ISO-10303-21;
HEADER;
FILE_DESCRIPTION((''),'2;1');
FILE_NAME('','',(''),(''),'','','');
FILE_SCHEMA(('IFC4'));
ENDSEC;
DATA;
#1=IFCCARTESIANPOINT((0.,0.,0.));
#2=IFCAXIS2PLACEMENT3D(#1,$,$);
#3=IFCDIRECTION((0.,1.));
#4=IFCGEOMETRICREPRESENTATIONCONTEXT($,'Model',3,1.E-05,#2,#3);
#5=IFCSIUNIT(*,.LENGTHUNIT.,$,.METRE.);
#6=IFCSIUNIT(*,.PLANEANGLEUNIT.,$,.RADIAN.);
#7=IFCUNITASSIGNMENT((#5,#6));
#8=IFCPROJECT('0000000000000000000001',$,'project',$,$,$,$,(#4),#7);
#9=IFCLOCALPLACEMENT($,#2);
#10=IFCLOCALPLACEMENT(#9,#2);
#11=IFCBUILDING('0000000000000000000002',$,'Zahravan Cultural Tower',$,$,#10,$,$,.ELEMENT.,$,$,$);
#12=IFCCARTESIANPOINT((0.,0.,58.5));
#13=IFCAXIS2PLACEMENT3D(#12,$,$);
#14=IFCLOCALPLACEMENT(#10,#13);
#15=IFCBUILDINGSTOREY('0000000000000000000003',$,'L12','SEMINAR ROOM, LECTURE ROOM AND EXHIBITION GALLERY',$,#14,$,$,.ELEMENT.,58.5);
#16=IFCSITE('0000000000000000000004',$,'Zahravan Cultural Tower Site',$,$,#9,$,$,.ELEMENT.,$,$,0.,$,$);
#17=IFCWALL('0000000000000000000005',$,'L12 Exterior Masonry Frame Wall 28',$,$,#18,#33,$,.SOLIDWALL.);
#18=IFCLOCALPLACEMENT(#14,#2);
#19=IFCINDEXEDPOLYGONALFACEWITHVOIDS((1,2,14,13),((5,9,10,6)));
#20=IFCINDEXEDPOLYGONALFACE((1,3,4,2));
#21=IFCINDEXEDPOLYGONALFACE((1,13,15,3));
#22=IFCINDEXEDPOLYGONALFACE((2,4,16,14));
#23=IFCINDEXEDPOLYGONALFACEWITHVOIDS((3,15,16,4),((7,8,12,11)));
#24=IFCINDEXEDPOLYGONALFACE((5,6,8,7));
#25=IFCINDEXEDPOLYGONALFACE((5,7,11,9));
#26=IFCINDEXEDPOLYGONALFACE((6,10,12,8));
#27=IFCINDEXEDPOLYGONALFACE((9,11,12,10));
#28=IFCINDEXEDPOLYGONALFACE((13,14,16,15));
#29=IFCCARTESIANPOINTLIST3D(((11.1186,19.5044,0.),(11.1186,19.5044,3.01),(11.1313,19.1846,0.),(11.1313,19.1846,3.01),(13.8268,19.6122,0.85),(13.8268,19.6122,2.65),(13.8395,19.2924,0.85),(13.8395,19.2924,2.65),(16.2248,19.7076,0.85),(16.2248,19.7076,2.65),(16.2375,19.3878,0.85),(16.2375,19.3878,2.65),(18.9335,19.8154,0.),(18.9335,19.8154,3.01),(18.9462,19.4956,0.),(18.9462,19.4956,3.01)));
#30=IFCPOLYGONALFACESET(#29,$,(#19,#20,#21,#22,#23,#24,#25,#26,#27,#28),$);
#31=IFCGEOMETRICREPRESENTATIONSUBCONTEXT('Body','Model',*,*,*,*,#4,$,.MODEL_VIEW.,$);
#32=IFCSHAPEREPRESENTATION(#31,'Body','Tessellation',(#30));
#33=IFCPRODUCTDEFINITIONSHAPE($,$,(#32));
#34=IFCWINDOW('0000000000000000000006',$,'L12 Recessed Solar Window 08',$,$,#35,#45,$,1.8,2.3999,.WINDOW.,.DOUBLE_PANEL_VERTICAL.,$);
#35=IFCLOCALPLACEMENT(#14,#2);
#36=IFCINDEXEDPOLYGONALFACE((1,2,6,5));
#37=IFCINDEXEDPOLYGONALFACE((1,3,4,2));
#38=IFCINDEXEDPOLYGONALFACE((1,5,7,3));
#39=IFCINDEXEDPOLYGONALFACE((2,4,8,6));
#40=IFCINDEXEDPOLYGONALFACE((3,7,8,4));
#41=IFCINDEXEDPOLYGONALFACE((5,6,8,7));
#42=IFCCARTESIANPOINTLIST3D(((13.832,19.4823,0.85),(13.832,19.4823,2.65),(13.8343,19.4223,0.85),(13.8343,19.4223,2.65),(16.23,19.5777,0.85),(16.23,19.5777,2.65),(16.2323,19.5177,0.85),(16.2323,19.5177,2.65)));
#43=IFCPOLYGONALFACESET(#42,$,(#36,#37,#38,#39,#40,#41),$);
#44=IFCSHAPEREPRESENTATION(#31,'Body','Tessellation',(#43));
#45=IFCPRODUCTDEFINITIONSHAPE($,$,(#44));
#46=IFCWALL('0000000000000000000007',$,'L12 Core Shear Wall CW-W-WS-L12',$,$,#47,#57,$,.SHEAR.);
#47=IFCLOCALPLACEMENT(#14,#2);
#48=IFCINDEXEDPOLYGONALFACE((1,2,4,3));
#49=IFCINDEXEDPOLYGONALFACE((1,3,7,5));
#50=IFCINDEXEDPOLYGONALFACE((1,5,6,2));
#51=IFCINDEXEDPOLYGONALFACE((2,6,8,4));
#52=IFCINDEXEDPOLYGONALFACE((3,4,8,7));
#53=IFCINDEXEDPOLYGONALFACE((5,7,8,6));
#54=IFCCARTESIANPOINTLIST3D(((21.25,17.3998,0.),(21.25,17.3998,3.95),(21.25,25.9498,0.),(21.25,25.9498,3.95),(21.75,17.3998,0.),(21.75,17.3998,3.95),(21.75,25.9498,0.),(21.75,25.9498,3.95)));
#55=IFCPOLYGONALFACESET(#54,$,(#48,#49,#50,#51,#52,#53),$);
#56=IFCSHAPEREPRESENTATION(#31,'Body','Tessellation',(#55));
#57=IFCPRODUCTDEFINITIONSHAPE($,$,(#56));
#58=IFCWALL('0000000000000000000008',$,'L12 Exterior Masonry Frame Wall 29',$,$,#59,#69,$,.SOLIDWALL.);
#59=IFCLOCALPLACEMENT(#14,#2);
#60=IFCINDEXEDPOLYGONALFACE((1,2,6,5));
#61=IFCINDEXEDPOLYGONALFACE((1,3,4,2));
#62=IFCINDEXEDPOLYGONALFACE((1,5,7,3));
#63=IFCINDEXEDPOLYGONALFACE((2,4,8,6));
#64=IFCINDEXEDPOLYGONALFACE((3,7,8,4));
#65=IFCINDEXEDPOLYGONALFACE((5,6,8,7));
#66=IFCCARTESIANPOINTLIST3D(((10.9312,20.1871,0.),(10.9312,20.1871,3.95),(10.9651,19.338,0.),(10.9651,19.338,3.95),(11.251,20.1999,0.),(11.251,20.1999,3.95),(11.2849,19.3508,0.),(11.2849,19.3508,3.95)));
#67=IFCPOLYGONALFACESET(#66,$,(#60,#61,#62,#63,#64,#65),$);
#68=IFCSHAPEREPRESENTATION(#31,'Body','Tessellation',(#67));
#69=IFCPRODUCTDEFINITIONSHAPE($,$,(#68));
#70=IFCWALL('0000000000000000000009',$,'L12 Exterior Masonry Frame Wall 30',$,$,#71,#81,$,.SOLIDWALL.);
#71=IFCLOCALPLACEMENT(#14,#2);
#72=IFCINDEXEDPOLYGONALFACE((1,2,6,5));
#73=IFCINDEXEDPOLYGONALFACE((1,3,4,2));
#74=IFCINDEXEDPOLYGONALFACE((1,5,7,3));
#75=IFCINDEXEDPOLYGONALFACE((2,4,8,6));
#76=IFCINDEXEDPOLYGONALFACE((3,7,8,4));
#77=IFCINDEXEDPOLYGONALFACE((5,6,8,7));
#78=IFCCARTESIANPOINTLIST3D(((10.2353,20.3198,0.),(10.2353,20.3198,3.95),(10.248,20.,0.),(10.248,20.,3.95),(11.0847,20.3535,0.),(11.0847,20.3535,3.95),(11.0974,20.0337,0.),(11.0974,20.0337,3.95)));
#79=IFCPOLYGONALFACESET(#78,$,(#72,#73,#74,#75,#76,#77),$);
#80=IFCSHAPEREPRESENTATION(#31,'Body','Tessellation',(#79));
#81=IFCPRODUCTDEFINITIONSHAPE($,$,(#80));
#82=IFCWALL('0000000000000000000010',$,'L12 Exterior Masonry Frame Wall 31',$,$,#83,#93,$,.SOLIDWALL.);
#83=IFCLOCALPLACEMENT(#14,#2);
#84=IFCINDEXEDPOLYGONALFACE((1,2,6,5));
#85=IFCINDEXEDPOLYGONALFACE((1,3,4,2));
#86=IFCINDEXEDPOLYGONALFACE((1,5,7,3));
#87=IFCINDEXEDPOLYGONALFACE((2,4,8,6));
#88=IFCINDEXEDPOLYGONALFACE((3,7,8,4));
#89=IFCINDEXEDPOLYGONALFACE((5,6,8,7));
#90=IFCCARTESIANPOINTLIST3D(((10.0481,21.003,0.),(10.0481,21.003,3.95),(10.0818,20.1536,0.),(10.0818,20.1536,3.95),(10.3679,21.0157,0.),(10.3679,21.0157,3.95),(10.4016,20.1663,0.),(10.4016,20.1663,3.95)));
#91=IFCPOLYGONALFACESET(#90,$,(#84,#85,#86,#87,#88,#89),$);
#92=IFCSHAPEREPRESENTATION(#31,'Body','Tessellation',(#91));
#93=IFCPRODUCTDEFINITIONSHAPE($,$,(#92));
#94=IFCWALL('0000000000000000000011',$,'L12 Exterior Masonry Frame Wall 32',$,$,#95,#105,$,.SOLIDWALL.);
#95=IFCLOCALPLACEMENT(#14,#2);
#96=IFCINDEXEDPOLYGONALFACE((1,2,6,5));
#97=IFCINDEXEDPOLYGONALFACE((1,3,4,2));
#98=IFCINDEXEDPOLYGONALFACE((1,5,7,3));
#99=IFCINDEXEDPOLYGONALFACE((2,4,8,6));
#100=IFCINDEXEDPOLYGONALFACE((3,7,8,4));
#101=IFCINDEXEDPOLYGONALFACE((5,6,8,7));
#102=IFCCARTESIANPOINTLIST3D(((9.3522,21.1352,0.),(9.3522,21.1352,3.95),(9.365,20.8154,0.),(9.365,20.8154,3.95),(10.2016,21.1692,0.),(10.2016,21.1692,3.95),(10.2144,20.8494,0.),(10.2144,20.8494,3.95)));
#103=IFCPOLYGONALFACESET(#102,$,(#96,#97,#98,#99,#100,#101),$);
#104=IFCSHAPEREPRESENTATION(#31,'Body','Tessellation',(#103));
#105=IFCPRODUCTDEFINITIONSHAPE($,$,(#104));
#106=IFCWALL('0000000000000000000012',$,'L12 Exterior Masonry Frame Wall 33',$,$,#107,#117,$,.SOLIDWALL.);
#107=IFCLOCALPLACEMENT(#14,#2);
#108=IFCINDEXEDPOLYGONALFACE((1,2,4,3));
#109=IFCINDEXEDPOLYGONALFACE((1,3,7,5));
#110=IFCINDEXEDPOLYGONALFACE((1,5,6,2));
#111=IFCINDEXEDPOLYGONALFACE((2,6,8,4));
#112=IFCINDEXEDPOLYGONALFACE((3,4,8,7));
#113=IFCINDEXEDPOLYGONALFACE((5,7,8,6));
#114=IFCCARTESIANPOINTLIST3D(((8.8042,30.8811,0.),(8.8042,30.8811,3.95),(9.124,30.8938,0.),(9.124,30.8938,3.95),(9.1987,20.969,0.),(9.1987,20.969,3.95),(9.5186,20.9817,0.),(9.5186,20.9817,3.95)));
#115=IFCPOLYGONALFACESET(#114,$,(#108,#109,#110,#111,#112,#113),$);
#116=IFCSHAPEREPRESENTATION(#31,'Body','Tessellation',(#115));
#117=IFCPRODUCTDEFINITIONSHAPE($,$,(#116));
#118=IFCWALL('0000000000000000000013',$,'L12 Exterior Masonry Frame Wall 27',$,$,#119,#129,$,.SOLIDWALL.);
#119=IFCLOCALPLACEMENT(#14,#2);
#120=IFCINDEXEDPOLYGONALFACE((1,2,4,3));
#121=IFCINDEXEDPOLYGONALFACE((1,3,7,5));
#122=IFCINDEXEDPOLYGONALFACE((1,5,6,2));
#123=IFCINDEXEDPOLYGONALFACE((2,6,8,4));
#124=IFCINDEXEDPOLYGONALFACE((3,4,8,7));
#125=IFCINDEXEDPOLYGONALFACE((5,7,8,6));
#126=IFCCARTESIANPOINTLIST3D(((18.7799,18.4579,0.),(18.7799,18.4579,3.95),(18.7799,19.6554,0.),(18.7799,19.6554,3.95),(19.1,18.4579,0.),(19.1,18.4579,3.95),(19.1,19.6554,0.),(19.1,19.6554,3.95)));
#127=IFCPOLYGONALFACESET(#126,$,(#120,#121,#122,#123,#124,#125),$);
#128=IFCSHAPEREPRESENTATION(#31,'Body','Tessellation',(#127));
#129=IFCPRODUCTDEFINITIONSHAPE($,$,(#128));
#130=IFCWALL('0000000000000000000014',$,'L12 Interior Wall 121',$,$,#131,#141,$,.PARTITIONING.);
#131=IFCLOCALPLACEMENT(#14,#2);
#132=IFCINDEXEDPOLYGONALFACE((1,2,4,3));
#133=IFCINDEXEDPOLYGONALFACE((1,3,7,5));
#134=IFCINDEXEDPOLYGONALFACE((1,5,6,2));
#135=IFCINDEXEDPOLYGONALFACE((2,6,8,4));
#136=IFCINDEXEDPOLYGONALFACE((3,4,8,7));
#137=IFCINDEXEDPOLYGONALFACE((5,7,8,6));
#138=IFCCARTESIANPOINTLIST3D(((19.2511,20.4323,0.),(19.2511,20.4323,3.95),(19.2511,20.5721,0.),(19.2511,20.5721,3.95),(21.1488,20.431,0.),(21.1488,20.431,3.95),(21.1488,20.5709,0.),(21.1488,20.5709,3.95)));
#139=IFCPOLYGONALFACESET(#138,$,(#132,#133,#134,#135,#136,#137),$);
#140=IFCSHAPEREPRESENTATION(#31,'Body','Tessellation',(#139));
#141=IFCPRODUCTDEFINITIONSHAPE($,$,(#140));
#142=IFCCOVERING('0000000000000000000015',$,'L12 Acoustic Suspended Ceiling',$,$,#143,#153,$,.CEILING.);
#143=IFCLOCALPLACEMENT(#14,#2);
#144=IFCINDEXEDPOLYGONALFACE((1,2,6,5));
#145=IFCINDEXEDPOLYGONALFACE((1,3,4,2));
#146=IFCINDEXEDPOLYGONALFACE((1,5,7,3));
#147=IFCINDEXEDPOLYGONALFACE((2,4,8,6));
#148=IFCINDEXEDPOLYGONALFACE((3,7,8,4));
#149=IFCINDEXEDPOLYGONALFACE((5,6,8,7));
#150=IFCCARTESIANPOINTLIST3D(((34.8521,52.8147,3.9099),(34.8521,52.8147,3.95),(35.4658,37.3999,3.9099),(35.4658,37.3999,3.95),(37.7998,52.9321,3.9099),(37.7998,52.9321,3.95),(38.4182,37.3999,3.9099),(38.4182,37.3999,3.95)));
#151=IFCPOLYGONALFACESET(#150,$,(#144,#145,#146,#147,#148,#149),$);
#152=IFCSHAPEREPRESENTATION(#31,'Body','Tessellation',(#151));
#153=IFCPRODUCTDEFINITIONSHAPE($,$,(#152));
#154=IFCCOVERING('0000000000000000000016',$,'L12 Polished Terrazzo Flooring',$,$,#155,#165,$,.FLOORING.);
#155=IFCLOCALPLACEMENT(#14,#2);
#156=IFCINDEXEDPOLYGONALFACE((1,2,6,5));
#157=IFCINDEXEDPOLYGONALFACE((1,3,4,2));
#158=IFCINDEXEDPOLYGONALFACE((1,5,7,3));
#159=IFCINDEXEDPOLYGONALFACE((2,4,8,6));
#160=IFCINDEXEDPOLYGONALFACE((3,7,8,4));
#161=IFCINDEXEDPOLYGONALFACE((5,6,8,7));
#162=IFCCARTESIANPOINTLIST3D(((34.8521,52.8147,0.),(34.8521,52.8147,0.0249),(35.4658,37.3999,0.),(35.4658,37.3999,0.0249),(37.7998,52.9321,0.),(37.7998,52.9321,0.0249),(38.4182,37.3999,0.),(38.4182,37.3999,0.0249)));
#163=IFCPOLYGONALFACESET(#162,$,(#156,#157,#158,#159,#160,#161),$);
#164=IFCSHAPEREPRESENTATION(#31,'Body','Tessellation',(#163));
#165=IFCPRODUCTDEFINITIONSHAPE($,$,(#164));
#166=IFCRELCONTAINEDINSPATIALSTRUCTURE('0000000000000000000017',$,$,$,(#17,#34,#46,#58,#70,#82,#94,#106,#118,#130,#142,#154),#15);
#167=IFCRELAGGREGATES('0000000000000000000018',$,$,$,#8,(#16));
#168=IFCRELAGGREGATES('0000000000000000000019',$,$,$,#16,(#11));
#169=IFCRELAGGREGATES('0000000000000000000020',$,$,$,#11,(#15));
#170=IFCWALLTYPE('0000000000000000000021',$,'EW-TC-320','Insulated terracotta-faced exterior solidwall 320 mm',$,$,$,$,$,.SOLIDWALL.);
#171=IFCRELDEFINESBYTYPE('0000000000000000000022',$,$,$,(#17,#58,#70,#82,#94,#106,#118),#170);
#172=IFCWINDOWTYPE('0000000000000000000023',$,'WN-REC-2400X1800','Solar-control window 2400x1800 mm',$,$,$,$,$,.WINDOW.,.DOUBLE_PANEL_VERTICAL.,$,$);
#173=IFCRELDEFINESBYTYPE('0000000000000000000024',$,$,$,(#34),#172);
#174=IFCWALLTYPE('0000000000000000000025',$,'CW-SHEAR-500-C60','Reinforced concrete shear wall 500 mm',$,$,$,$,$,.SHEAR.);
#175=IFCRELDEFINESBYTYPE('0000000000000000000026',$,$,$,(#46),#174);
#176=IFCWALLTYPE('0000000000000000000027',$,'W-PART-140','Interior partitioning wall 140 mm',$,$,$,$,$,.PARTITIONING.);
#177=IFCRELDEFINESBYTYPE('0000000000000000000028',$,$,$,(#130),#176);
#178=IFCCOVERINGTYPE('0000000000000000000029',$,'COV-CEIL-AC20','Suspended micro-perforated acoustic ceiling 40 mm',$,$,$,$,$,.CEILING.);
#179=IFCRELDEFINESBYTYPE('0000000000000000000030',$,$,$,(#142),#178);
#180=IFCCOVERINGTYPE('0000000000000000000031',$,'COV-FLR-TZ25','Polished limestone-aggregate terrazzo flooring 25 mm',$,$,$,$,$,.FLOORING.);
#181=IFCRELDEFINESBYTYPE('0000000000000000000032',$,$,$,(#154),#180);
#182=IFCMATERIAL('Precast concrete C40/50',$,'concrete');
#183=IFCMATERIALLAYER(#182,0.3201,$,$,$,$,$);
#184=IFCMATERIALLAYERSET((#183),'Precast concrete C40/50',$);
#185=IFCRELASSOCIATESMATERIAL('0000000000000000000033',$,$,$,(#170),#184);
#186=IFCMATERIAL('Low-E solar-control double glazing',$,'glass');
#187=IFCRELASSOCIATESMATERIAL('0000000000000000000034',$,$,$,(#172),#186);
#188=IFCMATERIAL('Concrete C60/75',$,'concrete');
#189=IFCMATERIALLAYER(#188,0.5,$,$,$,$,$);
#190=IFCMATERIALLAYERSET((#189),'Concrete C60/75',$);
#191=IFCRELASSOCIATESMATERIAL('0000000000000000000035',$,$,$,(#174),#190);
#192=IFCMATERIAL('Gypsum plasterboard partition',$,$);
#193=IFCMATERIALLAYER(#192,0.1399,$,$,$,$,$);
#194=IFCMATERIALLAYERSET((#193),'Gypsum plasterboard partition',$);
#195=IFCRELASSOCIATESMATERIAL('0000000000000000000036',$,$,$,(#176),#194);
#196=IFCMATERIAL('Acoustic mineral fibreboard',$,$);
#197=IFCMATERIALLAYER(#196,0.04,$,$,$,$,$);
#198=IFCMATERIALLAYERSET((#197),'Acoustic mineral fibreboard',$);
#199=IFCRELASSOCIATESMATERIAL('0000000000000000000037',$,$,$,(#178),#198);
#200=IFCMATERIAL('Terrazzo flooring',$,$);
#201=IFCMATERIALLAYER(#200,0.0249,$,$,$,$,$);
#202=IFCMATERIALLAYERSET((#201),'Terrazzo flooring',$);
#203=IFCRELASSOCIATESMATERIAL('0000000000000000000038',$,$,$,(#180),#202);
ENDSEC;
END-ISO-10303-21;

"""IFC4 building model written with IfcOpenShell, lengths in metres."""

from ifc_helpers import new_model, si_unit, direction, frame, frame_2d, origin, place, context, subcontext, project, spatial, polyline, rectangle, outline, extrude, source, transform, mapped, material, layer, layer_set, type_object, element, fill, save


model = new_model("IFC4")

# Units and contexts
model_context = context("Model", 3, precision=1e-05, world=origin(), true_north=direction((0.0, 1.0)))
body_context = subcontext(model_context, "Body", "Model", "MODEL_VIEW")
ifc_project = project(units=[si_unit("LENGTHUNIT", "METRE"), si_unit("PLANEANGLEUNIT", "RADIAN")], contexts=[model_context])

# Site, building, storey
site_placement = place(None, origin())
site = spatial("IfcSite", under=ifc_project, at=site_placement, Name="Zahravan Cultural Tower Site", CompositionType="ELEMENT", RefElevation=0.0)
building_placement = place(site_placement, origin())
building = spatial("IfcBuilding", under=site, at=building_placement, Name="Zahravan Cultural Tower", CompositionType="ELEMENT")
storey_placement = place(building_placement, frame((0.0, 0.0, 58.5)))
storey = spatial("IfcBuildingStorey", under=building, at=storey_placement, Name="L12", Description="SEMINAR ROOM, LECTURE ROOM AND EXHIBITION GALLERY", CompositionType="ELEMENT", Elevation=58.5)

# Shared definitions
ifc_material_1 = material(Name="Concrete C60/75", Category="concrete")

# Wall, opening, window
ifc_material_2 = material(Name="Precast concrete C40/50", Category="concrete")
ifc_layer_1 = layer(ifc_material_2, 0.3201)
ifc_layer_set_1 = layer_set([ifc_layer_1], Name="Precast concrete C40/50")
wall_type_1 = type_object("IfcWallType", Name="EW-TC-320", Description="Insulated terracotta-faced exterior solidwall 320 mm", PredefinedType="SOLIDWALL", material=ifc_layer_set_1)
wall_1_placement = place(storey_placement, frame((18.9399, 19.6555, 0.0), z_axis=(0.0, 0.0, 1.0), x_axis=(-0.999209, -0.039769, 0.0)))
wall_1 = element("IfcWall", 1, at=wall_1_placement, inside=storey, type_object=wall_type_1, Name="L12 Exterior Masonry Frame Wall 28", PredefinedType="SOLIDWALL", context=body_context, shape_type="SweptSolid", body=[
    extrude(rectangle(XDim=7.821, YDim=0.3201, at=frame_2d((3.9106, 0.0))), origin(), (0.0, 0.0, 1.0), 3.01),
])
opening_placement = place(wall_1_placement, frame((2.7109, 0.0, 0.8501)))
opening = element("IfcOpeningElement", 2, at=opening_placement, cuts=wall_1, PredefinedType="OPENING", context=body_context, shape_type="SweptSolid", body=[
    extrude(rectangle(XDim=2.3999, YDim=1.8, at=frame_2d((1.2, 0.8999))), frame((0.0, 0.1699, 0.0), z_axis=(0.0, -1.0, 0.0), x_axis=(1.0, 0.0, 0.0)), (0.0, 0.0, 1.0), 0.3401),
])
ifc_material_3 = material(Name="Low-E solar-control double glazing", Category="glass")
window_type = type_object("IfcWindowType", Name="WN-REC-2400X1800", Description="Solar-control window 2400x1800 mm", PartitioningType="DOUBLE_PANEL_VERTICAL", PredefinedType="WINDOW", material=ifc_material_3)
shared_shape_1 = source(origin(), body_context, "Body", "SweptSolid", [
    extrude(rectangle(XDim=2.3999, YDim=1.8, at=frame_2d((1.2, 0.8999))), frame((0.0, 0.03, 0.0), z_axis=(0.0, -1.0, 0.0), x_axis=(1.0, 0.0, 0.0)), (0.0, 0.0, 1.0), 0.0601),
])
window_placement = place(opening_placement, origin())
window = element("IfcWindow", 3, at=window_placement, inside=storey, type_object=window_type, Name="L12 Recessed Solar Window 08", OverallHeight=1.8, OverallWidth=2.3999, PartitioningType="DOUBLE_PANEL_VERTICAL", PredefinedType="WINDOW", context=body_context, shape_type="MappedRepresentation", body=[
    mapped(shared_shape_1, transform((0.0, 0.0, 0.0), x_axis=(1.0, 0.0, 0.0), y_axis=(0.0, 1.0, 0.0), z_axis=(0.0, 0.0, 1.0), scale=1.0)),
])
fill(opening, window)

# Walls
ifc_layer_2 = layer(ifc_material_1, 0.5)
ifc_layer_set_2 = layer_set([ifc_layer_2], Name="Concrete C60/75")
wall_type_2 = type_object("IfcWallType", Name="CW-SHEAR-500-C60", Description="Reinforced concrete shear wall 500 mm", PredefinedType="SHEAR", material=ifc_layer_set_2)
shared_shape_2 = source(origin(), body_context, "Body", "SweptSolid", [
    extrude(rectangle(XDim=8.55, YDim=0.5, at=frame_2d((4.2749, 0.0))), origin(), (0.0, 0.0, 1.0), 3.95),
])
wall_2_placement = place(storey_placement, frame((21.5, 17.3999, 0.0), z_axis=(0.0, 0.0, 1.0), x_axis=(0.0, 1.0, 0.0)))
element("IfcWall", 4, at=wall_2_placement, inside=storey, type_object=wall_type_2, Name="L12 Core Shear Wall CW-W-WS-L12", PredefinedType="SHEAR", context=body_context, shape_type="MappedRepresentation", body=[
    mapped(shared_shape_2, transform((0.0, 0.0, 0.0), x_axis=(1.0, 0.0, 0.0), y_axis=(0.0, 1.0, 0.0), z_axis=(0.0, 0.0, 1.0), scale=1.0)),
])
shared_shape_3 = source(origin(), body_context, "Body", "SweptSolid", [
    extrude(rectangle(XDim=0.8499, YDim=0.3201, at=frame_2d((0.4248, 0.0))), origin(), (0.0, 0.0, 1.0), 3.95),
])
wall_3_placement = place(storey_placement, frame((11.125, 19.3445, 0.0), z_axis=(0.0, 0.0, 1.0), x_axis=(-0.039934, 0.999202, 0.0)))
element("IfcWall", 5, at=wall_3_placement, inside=storey, type_object=wall_type_1, Name="L12 Exterior Masonry Frame Wall 29", PredefinedType="SOLIDWALL", context=body_context, shape_type="MappedRepresentation", body=[
    mapped(shared_shape_3, transform((0.0, 0.0, 0.0), x_axis=(1.0, 0.0, 0.0), y_axis=(0.0, 1.0, 0.0), z_axis=(0.0, 0.0, 1.0), scale=1.0)),
])
shared_shape_4 = source(origin(), body_context, "Body", "SweptSolid", [
    extrude(rectangle(XDim=0.8501, YDim=0.3201, at=frame_2d((0.425, 0.0))), origin(), (0.0, 0.0, 1.0), 3.95),
])
for number, where, z_axis, x_axis, name in (
    (6, (11.0911, 20.1936, 0.0), (0.0, 0.0, 1.0), (-0.999214, -0.039635, 0.0), "L12 Exterior Masonry Frame Wall 30"),
    (7, (10.2417, 20.1599, 0.0), (0.0, 0.0, 1.0), (-0.039635, 0.999214, 0.0), "L12 Exterior Masonry Frame Wall 31"),
    (8, (10.208, 21.0093, 0.0), (0.0, 0.0, 1.0), (-0.999203, -0.039922, 0.0), "L12 Exterior Masonry Frame Wall 32"),
):
    element("IfcWall", number, at=place(storey_placement, frame(where, z_axis=z_axis, x_axis=x_axis)), inside=storey, type_object=wall_type_1, Name=name, PredefinedType="SOLIDWALL", context=body_context, shape_type="MappedRepresentation", body=[
        mapped(shared_shape_4, transform((0.0, 0.0, 0.0), x_axis=(1.0, 0.0, 0.0), y_axis=(0.0, 1.0, 0.0), z_axis=(0.0, 0.0, 1.0), scale=1.0)),
    ])
shared_shape_5 = source(origin(), body_context, "Body", "SweptSolid", [
    extrude(rectangle(XDim=9.9199, YDim=0.3201, at=frame_2d((4.96, 0.0))), origin(), (0.0, 0.0, 1.0), 3.95),
])
wall_4_placement = place(storey_placement, frame((9.3586, 20.9753, 0.0), z_axis=(0.0, 0.0, 1.0), x_axis=(-0.039771, 0.999209, 0.0)))
element("IfcWall", 9, at=wall_4_placement, inside=storey, type_object=wall_type_1, Name="L12 Exterior Masonry Frame Wall 33", PredefinedType="SOLIDWALL", context=body_context, shape_type="MappedRepresentation", body=[
    mapped(shared_shape_5, transform((0.0, 0.0, 0.0), x_axis=(1.0, 0.0, 0.0), y_axis=(0.0, 1.0, 0.0), z_axis=(0.0, 0.0, 1.0), scale=1.0)),
])
shared_shape_6 = source(origin(), body_context, "Body", "SweptSolid", [
    extrude(rectangle(XDim=1.1975, YDim=0.3201, at=frame_2d((0.5986, 0.0))), origin(), (0.0, 0.0, 1.0), 3.95),
])
wall_5_placement = place(storey_placement, frame((18.9399, 18.458, 0.0), z_axis=(0.0, 0.0, 1.0), x_axis=(0.0, 1.0, 0.0)))
element("IfcWall", 10, at=wall_5_placement, inside=storey, type_object=wall_type_1, Name="L12 Exterior Masonry Frame Wall 27", PredefinedType="SOLIDWALL", context=body_context, shape_type="MappedRepresentation", body=[
    mapped(shared_shape_6, transform((0.0, 0.0, 0.0), x_axis=(1.0, 0.0, 0.0), y_axis=(0.0, 1.0, 0.0), z_axis=(0.0, 0.0, 1.0), scale=1.0)),
])
ifc_material_4 = material(Name="Gypsum plasterboard partition")
ifc_layer_3 = layer(ifc_material_4, 0.1399)
ifc_layer_set_3 = layer_set([ifc_layer_3], Name="Gypsum plasterboard partition")
wall_type_3 = type_object("IfcWallType", Name="W-PART-140", Description="Interior partitioning wall 140 mm", PredefinedType="PARTITIONING", material=ifc_layer_set_3)
shared_shape_7 = source(origin(), body_context, "Body", "SweptSolid", [
    extrude(rectangle(XDim=1.8977, YDim=0.1399, at=frame_2d((0.9487, 0.0))), origin(), (0.0, 0.0, 1.0), 3.95),
])
wall_6_placement = place(storey_placement, frame((19.2512, 20.5022, 0.0), z_axis=(0.0, 0.0, 1.0), x_axis=(1.0, -0.000643, 0.0)))
element("IfcWall", 11, at=wall_6_placement, inside=storey, type_object=wall_type_3, Name="L12 Interior Wall 121", PredefinedType="PARTITIONING", context=body_context, shape_type="MappedRepresentation", body=[
    mapped(shared_shape_7, transform((0.0, 0.0, 0.0), x_axis=(1.0, 0.0, 0.0), y_axis=(0.0, 1.0, 0.0), z_axis=(0.0, 0.0, 1.0), scale=1.0)),
])

# Coverings
ifc_material_5 = material(Name="Acoustic mineral fibreboard")
ifc_layer_4 = layer(ifc_material_5, 0.04)
ifc_layer_set_4 = layer_set([ifc_layer_4], Name="Acoustic mineral fibreboard")
covering_type_1 = type_object("IfcCoveringType", Name="COV-CEIL-AC20", Description="Suspended micro-perforated acoustic ceiling 40 mm", PredefinedType="CEILING", material=ifc_layer_set_4)
covering_1_placement = place(storey_placement, frame((0.0, 0.0, 3.9099)))
element("IfcCovering", 12, at=covering_1_placement, inside=storey, type_object=covering_type_1, Name="L12 Acoustic Suspended Ceiling", PredefinedType="CEILING", context=body_context, shape_type="SweptSolid", body=[
    extrude(outline(polyline([(34.8521, 52.8147), (35.4658, 37.3999), (38.4182, 37.3999), (37.7998, 52.9321), (34.8521, 52.8147)])), origin(), (0.0, 0.0, 1.0), 0.04),
])
ifc_material_6 = material(Name="Terrazzo flooring")
ifc_layer_5 = layer(ifc_material_6, 0.0249)
ifc_layer_set_5 = layer_set([ifc_layer_5], Name="Terrazzo flooring")
covering_type_2 = type_object("IfcCoveringType", Name="COV-FLR-TZ25", Description="Polished limestone-aggregate terrazzo flooring 25 mm", PredefinedType="FLOORING", material=ifc_layer_set_5)
covering_2_placement = place(storey_placement, origin())
element("IfcCovering", 13, at=covering_2_placement, inside=storey, type_object=covering_type_2, Name="L12 Polished Terrazzo Flooring", PredefinedType="FLOORING", context=body_context, shape_type="SweptSolid", body=[
    extrude(outline(polyline([(34.8521, 52.8147), (35.4658, 37.3999), (38.4182, 37.3999), (37.7998, 52.9321), (34.8521, 52.8147)])), origin(), (0.0, 0.0, 1.0), 0.0249),
])

save(model, "model.ifc")
